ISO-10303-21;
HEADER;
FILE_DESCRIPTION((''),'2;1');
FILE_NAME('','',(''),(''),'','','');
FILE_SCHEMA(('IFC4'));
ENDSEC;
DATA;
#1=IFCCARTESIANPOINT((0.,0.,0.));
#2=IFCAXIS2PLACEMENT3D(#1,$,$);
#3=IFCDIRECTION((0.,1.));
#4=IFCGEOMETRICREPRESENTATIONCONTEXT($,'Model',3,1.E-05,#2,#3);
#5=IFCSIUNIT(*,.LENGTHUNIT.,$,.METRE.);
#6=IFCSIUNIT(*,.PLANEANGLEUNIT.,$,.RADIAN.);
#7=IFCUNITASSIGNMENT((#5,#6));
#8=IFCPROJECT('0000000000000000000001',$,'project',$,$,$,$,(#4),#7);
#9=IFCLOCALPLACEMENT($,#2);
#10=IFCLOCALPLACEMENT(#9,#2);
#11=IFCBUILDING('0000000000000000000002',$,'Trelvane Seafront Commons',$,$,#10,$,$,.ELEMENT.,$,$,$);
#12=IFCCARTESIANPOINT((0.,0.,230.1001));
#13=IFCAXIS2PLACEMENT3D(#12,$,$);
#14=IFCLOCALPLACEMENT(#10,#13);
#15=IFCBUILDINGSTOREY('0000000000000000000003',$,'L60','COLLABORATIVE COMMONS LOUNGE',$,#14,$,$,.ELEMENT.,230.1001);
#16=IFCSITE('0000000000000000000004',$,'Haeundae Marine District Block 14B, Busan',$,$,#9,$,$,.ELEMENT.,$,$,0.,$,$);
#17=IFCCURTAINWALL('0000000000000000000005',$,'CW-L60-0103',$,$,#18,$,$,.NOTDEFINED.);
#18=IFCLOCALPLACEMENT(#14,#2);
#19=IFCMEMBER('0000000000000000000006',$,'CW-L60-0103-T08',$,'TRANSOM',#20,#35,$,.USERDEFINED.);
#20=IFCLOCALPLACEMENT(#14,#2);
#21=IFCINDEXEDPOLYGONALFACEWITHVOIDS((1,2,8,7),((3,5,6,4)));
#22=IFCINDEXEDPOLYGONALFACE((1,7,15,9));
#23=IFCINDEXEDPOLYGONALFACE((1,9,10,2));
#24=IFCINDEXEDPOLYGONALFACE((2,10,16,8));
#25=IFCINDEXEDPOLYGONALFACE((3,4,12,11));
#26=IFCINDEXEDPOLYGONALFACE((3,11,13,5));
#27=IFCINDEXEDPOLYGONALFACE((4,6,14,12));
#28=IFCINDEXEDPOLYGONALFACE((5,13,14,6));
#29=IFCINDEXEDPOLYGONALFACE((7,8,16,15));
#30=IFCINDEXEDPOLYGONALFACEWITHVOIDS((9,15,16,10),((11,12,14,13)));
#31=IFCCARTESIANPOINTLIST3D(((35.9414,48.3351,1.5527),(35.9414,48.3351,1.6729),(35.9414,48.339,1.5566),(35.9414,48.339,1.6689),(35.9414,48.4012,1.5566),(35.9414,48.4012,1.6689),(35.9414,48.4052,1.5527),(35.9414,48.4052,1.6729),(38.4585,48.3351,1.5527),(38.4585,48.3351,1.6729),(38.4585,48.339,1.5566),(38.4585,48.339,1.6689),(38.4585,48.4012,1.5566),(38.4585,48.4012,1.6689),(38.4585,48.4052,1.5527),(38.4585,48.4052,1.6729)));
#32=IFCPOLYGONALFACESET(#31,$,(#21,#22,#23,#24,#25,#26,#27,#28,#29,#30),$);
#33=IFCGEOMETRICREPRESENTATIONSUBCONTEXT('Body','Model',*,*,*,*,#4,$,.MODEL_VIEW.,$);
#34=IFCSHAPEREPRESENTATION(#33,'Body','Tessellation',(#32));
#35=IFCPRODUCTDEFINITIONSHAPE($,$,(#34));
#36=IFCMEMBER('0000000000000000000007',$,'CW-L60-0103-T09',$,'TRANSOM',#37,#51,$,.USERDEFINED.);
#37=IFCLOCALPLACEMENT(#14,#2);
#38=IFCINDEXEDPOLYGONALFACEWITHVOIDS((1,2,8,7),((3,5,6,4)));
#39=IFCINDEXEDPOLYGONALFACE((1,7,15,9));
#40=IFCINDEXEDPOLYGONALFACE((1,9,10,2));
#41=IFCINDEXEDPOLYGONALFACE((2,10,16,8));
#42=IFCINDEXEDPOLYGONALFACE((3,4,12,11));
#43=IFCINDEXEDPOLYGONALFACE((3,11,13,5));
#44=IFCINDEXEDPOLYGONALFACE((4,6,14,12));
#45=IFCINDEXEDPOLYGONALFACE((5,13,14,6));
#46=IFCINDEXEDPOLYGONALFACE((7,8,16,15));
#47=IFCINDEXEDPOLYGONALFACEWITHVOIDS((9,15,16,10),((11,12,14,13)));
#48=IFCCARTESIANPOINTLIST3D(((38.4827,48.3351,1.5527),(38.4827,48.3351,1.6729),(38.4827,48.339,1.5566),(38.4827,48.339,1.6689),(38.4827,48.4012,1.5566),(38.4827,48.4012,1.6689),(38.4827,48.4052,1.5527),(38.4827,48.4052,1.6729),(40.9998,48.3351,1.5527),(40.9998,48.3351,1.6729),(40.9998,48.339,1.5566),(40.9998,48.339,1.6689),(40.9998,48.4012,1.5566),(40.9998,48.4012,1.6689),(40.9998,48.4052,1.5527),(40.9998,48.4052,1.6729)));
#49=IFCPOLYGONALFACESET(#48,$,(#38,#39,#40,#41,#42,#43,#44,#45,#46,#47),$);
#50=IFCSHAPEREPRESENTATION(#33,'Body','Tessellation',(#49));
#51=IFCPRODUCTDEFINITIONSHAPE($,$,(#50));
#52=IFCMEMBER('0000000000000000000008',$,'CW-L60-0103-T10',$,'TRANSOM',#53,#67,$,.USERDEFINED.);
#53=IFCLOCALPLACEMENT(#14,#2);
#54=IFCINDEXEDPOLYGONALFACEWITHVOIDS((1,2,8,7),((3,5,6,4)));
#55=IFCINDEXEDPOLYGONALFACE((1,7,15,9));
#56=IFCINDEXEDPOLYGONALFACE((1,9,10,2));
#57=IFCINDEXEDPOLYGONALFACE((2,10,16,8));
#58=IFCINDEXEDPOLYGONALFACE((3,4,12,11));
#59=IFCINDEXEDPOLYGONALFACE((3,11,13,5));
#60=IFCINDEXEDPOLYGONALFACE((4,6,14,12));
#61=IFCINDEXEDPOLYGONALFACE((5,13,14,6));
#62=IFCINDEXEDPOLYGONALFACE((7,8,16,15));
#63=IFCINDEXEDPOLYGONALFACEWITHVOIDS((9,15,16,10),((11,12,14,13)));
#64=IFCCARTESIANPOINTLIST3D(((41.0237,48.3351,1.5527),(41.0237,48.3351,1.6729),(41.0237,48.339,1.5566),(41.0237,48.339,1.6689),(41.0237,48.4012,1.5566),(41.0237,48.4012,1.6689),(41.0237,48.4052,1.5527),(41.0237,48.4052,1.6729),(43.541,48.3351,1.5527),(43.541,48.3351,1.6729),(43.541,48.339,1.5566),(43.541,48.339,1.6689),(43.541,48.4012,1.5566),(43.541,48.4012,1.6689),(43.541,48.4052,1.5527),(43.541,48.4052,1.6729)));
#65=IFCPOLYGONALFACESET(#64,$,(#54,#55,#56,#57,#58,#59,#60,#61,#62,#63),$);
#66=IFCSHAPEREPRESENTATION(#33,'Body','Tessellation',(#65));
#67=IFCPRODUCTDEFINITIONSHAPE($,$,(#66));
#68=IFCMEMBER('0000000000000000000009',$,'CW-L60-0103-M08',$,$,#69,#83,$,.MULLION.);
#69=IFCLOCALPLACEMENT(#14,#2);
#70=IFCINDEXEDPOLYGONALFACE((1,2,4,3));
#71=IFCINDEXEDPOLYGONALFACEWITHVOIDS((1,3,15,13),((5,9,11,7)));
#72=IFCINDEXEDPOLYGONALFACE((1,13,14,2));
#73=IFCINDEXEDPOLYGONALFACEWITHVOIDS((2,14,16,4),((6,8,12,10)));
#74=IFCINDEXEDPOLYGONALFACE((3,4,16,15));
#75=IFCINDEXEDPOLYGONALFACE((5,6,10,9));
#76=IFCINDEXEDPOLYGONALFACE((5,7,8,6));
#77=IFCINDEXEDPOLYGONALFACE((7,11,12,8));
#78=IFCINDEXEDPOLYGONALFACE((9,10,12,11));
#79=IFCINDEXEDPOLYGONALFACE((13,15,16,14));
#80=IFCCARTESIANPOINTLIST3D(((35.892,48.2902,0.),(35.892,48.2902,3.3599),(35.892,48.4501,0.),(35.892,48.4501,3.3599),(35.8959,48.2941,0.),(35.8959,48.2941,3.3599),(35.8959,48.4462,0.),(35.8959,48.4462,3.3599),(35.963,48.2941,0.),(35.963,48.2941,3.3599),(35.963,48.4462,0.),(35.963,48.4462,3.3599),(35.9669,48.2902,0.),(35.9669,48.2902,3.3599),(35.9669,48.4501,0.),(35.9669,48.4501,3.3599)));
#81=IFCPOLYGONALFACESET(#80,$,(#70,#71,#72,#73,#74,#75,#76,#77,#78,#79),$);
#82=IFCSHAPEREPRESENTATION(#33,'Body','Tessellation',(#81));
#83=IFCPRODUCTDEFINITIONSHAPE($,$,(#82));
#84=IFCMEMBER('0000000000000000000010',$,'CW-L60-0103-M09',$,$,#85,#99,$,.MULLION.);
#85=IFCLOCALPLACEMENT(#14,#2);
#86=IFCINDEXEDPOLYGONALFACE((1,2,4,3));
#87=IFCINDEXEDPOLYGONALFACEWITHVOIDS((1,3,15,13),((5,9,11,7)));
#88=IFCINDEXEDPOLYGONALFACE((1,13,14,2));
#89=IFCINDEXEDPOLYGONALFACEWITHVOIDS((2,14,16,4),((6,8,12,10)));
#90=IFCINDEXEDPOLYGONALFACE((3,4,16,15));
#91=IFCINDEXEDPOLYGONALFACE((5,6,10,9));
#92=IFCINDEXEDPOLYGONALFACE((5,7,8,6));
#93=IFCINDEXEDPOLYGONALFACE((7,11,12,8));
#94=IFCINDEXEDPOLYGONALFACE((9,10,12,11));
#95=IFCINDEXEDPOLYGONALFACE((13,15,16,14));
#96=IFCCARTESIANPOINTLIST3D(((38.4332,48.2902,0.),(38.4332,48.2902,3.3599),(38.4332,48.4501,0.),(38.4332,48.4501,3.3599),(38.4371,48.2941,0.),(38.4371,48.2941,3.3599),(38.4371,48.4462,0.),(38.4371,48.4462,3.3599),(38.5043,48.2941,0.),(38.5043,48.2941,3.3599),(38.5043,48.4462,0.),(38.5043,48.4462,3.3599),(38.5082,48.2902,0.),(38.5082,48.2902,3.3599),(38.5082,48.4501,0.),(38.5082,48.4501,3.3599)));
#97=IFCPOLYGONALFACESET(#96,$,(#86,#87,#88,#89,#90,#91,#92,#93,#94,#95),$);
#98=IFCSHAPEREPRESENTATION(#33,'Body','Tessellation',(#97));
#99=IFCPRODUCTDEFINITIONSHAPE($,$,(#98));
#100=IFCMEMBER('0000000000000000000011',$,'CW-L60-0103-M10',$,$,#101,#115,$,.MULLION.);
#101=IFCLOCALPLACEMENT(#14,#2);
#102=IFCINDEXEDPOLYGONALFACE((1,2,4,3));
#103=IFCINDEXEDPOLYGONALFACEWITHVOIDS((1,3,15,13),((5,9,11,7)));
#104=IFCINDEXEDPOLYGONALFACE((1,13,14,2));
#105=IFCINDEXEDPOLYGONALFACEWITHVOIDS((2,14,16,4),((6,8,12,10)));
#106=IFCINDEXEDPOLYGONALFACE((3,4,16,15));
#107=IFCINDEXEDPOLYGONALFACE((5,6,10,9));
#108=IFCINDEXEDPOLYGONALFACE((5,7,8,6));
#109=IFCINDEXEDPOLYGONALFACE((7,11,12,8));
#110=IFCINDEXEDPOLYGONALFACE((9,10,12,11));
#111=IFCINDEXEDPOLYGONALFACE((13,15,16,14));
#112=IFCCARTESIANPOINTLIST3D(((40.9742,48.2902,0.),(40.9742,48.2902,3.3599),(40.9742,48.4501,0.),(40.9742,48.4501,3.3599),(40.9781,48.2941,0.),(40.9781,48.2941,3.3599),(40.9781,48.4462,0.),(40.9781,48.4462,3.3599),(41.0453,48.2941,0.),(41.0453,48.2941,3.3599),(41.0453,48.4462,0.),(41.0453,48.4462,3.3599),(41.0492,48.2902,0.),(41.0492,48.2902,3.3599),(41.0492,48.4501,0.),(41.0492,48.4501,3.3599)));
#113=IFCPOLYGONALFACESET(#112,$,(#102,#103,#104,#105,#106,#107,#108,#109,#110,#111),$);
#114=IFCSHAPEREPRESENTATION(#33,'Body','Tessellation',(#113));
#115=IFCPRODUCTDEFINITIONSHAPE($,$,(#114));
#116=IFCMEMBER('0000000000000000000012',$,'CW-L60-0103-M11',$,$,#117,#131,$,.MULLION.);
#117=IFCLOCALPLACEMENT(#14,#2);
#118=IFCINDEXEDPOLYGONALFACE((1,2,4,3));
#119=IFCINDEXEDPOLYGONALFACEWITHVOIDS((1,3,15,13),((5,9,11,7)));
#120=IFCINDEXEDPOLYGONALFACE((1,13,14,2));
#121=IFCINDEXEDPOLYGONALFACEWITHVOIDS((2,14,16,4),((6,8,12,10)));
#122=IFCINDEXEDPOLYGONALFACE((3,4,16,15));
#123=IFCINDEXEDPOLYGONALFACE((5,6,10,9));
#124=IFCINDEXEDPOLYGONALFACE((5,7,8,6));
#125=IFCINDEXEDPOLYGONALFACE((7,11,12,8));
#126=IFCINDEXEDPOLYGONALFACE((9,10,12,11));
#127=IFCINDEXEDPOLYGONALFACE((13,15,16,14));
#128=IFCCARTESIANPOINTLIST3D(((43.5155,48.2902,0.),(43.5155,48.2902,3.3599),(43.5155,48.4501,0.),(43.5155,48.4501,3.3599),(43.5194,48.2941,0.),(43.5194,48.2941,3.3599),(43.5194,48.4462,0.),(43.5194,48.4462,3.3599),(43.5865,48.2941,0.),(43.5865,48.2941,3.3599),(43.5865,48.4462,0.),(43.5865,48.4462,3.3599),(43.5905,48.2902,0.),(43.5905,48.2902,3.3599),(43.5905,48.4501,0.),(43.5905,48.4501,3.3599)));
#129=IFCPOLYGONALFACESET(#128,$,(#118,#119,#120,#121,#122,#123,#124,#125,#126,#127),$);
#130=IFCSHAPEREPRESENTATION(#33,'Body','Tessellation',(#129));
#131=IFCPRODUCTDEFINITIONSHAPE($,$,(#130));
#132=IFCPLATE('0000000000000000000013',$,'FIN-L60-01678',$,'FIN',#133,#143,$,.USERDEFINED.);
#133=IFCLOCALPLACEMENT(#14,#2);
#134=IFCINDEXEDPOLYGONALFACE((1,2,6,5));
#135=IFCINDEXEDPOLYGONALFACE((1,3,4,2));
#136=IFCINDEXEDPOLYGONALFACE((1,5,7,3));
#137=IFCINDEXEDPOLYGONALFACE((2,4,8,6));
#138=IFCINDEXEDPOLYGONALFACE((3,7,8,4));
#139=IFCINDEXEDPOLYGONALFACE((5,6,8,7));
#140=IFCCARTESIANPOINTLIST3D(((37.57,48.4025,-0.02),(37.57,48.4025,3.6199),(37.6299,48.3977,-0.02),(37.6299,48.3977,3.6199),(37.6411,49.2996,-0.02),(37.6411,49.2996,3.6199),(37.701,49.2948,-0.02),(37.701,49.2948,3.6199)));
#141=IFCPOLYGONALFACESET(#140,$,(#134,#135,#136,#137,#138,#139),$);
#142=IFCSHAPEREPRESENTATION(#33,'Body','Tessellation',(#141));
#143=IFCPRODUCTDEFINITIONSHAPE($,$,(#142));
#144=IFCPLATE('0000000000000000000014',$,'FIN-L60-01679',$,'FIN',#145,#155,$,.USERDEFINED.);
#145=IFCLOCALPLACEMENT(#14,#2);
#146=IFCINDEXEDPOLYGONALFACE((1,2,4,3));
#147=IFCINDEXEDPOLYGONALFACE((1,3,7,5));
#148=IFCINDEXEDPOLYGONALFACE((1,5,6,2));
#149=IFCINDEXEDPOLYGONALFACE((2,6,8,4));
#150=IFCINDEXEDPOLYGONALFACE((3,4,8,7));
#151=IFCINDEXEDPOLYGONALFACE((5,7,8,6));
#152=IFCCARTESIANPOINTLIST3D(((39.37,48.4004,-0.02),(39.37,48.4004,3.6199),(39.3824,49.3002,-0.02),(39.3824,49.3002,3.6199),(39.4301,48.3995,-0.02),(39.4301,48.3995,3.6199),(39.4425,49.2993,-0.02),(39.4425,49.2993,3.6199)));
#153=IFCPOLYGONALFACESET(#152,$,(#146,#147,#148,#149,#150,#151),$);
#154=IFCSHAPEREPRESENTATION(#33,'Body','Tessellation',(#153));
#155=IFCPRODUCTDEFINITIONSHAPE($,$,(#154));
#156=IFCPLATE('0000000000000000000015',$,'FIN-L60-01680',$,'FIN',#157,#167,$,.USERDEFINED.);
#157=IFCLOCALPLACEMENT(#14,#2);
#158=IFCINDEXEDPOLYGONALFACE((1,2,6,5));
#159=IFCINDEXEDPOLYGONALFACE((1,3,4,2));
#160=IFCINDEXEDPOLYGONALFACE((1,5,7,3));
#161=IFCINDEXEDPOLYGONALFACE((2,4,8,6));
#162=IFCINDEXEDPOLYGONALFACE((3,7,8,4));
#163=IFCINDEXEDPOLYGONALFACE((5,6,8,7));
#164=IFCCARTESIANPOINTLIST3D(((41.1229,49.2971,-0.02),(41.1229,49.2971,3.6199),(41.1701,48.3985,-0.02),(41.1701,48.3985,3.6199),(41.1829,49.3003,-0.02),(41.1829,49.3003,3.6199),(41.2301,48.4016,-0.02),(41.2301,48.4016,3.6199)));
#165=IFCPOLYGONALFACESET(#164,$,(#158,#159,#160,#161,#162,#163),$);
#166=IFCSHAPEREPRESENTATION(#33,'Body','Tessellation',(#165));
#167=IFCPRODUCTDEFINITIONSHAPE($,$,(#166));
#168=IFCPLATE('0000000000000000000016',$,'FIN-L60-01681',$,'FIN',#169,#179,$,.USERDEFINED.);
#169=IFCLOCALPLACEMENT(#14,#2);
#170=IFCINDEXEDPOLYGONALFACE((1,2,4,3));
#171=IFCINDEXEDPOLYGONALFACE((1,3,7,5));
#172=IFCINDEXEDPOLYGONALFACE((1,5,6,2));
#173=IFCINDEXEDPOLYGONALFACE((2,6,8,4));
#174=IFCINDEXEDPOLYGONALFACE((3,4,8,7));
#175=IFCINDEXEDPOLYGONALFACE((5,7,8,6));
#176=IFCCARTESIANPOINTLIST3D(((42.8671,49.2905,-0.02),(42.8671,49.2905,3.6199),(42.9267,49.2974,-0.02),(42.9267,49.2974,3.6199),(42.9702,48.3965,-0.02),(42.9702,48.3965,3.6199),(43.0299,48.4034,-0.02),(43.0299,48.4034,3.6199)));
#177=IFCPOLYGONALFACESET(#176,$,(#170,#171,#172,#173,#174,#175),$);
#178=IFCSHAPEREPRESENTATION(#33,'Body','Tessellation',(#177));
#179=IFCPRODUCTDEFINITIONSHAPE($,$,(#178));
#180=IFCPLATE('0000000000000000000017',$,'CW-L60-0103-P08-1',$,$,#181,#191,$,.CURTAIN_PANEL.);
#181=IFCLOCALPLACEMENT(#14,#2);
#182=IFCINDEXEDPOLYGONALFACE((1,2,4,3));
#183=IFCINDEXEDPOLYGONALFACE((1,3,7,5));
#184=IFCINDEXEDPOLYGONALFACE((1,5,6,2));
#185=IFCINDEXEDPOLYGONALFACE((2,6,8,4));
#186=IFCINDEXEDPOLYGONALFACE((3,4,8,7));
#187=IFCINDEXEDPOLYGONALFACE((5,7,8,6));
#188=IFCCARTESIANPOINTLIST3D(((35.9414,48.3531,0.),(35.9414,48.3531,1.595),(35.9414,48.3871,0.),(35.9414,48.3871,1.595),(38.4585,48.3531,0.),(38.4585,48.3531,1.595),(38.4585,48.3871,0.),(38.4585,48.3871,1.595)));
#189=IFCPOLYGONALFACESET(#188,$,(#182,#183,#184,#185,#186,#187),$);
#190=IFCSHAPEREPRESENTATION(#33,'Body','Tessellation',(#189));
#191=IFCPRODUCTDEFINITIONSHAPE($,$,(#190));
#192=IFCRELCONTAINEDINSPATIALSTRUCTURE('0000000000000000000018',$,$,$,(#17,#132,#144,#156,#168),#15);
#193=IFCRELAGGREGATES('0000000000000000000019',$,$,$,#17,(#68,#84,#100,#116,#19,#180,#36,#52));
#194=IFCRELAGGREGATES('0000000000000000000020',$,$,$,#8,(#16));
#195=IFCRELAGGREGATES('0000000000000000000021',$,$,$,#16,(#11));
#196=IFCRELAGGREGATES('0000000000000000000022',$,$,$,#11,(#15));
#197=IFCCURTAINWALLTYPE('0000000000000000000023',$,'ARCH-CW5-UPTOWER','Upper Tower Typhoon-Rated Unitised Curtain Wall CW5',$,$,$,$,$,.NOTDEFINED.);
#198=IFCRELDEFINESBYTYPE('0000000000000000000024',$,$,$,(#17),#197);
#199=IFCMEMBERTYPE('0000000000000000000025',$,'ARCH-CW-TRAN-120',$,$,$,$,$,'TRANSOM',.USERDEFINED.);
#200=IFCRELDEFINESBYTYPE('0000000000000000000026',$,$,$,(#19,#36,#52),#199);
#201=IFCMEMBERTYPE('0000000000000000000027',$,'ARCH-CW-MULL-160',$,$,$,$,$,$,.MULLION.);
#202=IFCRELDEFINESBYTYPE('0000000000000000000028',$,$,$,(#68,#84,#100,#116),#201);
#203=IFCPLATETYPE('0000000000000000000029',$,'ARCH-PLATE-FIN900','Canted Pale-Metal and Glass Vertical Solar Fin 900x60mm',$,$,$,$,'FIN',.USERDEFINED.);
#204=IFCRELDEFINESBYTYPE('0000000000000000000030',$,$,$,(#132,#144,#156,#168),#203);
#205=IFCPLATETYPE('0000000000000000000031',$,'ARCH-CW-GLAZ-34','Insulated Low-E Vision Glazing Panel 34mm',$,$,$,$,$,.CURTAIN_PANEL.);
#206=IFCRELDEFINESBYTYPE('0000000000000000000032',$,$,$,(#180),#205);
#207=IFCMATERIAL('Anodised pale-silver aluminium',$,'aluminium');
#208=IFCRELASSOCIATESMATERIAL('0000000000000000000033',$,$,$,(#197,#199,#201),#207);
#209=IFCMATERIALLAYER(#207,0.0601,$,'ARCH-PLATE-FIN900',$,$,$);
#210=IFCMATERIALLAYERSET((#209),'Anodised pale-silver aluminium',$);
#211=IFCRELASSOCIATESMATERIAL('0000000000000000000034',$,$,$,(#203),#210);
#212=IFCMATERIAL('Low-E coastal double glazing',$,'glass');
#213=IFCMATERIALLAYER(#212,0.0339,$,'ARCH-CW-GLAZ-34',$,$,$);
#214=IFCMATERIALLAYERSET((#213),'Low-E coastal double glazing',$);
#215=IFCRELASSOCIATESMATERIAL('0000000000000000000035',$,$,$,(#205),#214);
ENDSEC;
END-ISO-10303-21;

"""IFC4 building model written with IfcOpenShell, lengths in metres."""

from ifc_helpers import new_model, si_unit, direction, frame, origin, origin_2d, place, context, subcontext, project, spatial, rectangle, hollow_rectangle, extrude, source, transform, mapped, material, layer, layer_set, material_profile, profile_set, type_object, element, aggregate, save


model = new_model("IFC4")

# Units and contexts
model_context = context("Model", 3, precision=1e-05, world=origin(), true_north=direction((0.0, 1.0)))
body_context = subcontext(model_context, "Body", "Model", "MODEL_VIEW")
ifc_project = project(units=[si_unit("LENGTHUNIT", "METRE"), si_unit("PLANEANGLEUNIT", "RADIAN")], contexts=[model_context])

# Site, building, storey
site_placement = place(None, origin())
site = spatial("IfcSite", under=ifc_project, at=site_placement, Name="Haeundae Marine District Block 14B, Busan", CompositionType="ELEMENT", RefElevation=0.0)
building_placement = place(site_placement, origin())
building = spatial("IfcBuilding", under=site, at=building_placement, Name="Trelvane Seafront Commons", CompositionType="ELEMENT")
storey_placement = place(building_placement, frame((0.0, 0.0, 230.1001)))
storey = spatial("IfcBuildingStorey", under=building, at=storey_placement, Name="L60", Description="COLLABORATIVE COMMONS LOUNGE", CompositionType="ELEMENT", Elevation=230.1001)

# Curtain wall, members
ifc_material_1 = material(Name="Anodised pale-silver aluminium", Category="aluminium")
curtain_wall_type = type_object("IfcCurtainWallType", Name="ARCH-CW5-UPTOWER", Description="Upper Tower Typhoon-Rated Unitised Curtain Wall CW5", PredefinedType="NOTDEFINED", material=ifc_material_1)
curtain_wall_placement = place(storey_placement, origin())
curtain_wall = element("IfcCurtainWall", 1, at=curtain_wall_placement, inside=storey, type_object=curtain_wall_type, Name="CW-L60-0103", PredefinedType="NOTDEFINED")
ifc_material_profile_1 = material_profile(ifc_material_1, hollow_rectangle(XDim=0.0701, YDim=0.1201, WallThickness=0.0039, at=origin_2d()), Name="TRAN-70x120x4")
ifc_profile_set_1 = profile_set([ifc_material_profile_1], Name="Anodised pale-silver aluminium")
member_type_1 = type_object("IfcMemberType", Name="ARCH-CW-TRAN-120", ElementType="TRANSOM", PredefinedType="USERDEFINED", material=ifc_profile_set_1)
shared_shape_1 = source(origin(), body_context, "Body", "SweptSolid", [
    extrude(hollow_rectangle(XDim=0.0701, YDim=0.1201, WallThickness=0.0039, at=origin_2d()), origin(), (0.0, 0.0, 1.0), 2.5171),
])
member_1_placement = place(storey_placement, frame((35.9414, 48.3701, 1.6128), z_axis=(1.0, 0.0, 0.0), x_axis=(0.0, 1.0, 0.0)))
member_1 = element("IfcMember", 2, at=member_1_placement, type_object=member_type_1, Name="CW-L60-0103-T08", ObjectType="TRANSOM", PredefinedType="USERDEFINED", context=body_context, shape_type="MappedRepresentation", body=[
    mapped(shared_shape_1, transform((0.0, 0.0, 0.0), x_axis=(1.0, 0.0, 0.0), y_axis=(0.0, 1.0, 0.0), z_axis=(0.0, 0.0, 1.0), scale=1.0)),
])
member_2_placement = place(storey_placement, frame((38.4827, 48.3701, 1.6128), z_axis=(1.0, 0.0, 0.0), x_axis=(0.0, 1.0, 0.0)))
member_2 = element("IfcMember", 3, at=member_2_placement, type_object=member_type_1, Name="CW-L60-0103-T09", ObjectType="TRANSOM", PredefinedType="USERDEFINED", context=body_context, shape_type="MappedRepresentation", body=[
    mapped(shared_shape_1, transform((0.0, 0.0, 0.0), x_axis=(1.0, 0.0, 0.0), y_axis=(0.0, 1.0, 0.0), z_axis=(0.0, 0.0, 1.0), scale=1.0)),
])
shared_shape_2 = source(origin(), body_context, "Body", "SweptSolid", [
    extrude(hollow_rectangle(XDim=0.0701, YDim=0.1201, WallThickness=0.0039, at=origin_2d()), origin(), (0.0, 0.0, 1.0), 2.5173),
])
member_3_placement = place(storey_placement, frame((41.0237, 48.3701, 1.6128), z_axis=(1.0, 0.0, 0.0), x_axis=(0.0, 1.0, 0.0)))
member_3 = element("IfcMember", 4, at=member_3_placement, type_object=member_type_1, Name="CW-L60-0103-T10", ObjectType="TRANSOM", PredefinedType="USERDEFINED", context=body_context, shape_type="MappedRepresentation", body=[
    mapped(shared_shape_2, transform((0.0, 0.0, 0.0), x_axis=(1.0, 0.0, 0.0), y_axis=(0.0, 1.0, 0.0), z_axis=(0.0, 0.0, 1.0), scale=1.0)),
])
ifc_material_profile_2 = material_profile(ifc_material_1, hollow_rectangle(XDim=0.075, YDim=0.1599, WallThickness=0.0039, at=origin_2d()), Name="MULL-75x160x4")
ifc_profile_set_2 = profile_set([ifc_material_profile_2], Name="Anodised pale-silver aluminium")
member_type_2 = type_object("IfcMemberType", Name="ARCH-CW-MULL-160", PredefinedType="MULLION", material=ifc_profile_set_2)
shared_shape_3 = source(origin(), body_context, "Body", "SweptSolid", [
    extrude(hollow_rectangle(XDim=0.075, YDim=0.1599, WallThickness=0.0039, at=origin_2d()), origin(), (0.0, 0.0, 1.0), 3.3599),
])
member_4_placement = place(storey_placement, frame((35.9294, 48.3701, 0.0), z_axis=(0.0, 0.0, 1.0), x_axis=(1.0, 0.0, 0.0)))
member_4 = element("IfcMember", 5, at=member_4_placement, type_object=member_type_2, Name="CW-L60-0103-M08", PredefinedType="MULLION", context=body_context, shape_type="MappedRepresentation", body=[
    mapped(shared_shape_3, transform((0.0, 0.0, 0.0), x_axis=(1.0, 0.0, 0.0), y_axis=(0.0, 1.0, 0.0), z_axis=(0.0, 0.0, 1.0), scale=1.0)),
])
member_5_placement = place(storey_placement, frame((38.4707, 48.3701, 0.0), z_axis=(0.0, 0.0, 1.0), x_axis=(1.0, 0.0, 0.0)))
member_5 = element("IfcMember", 6, at=member_5_placement, type_object=member_type_2, Name="CW-L60-0103-M09", PredefinedType="MULLION", context=body_context, shape_type="MappedRepresentation", body=[
    mapped(shared_shape_3, transform((0.0, 0.0, 0.0), x_axis=(1.0, 0.0, 0.0), y_axis=(0.0, 1.0, 0.0), z_axis=(0.0, 0.0, 1.0), scale=1.0)),
])
member_6_placement = place(storey_placement, frame((41.0117, 48.3701, 0.0), z_axis=(0.0, 0.0, 1.0), x_axis=(1.0, 0.0, 0.0)))
member_6 = element("IfcMember", 7, at=member_6_placement, type_object=member_type_2, Name="CW-L60-0103-M10", PredefinedType="MULLION", context=body_context, shape_type="MappedRepresentation", body=[
    mapped(shared_shape_3, transform((0.0, 0.0, 0.0), x_axis=(1.0, 0.0, 0.0), y_axis=(0.0, 1.0, 0.0), z_axis=(0.0, 0.0, 1.0), scale=1.0)),
])
member_7_placement = place(storey_placement, frame((43.553, 48.3701, 0.0), z_axis=(0.0, 0.0, 1.0), x_axis=(1.0, 0.0, 0.0)))
member_7 = element("IfcMember", 8, at=member_7_placement, type_object=member_type_2, Name="CW-L60-0103-M11", PredefinedType="MULLION", context=body_context, shape_type="MappedRepresentation", body=[
    mapped(shared_shape_3, transform((0.0, 0.0, 0.0), x_axis=(1.0, 0.0, 0.0), y_axis=(0.0, 1.0, 0.0), z_axis=(0.0, 0.0, 1.0), scale=1.0)),
])

# Plates
ifc_layer_1 = layer(ifc_material_1, 0.0601, Name="ARCH-PLATE-FIN900")
ifc_layer_set_1 = layer_set([ifc_layer_1], Name="Anodised pale-silver aluminium")
plate_type_1 = type_object("IfcPlateType", Name="ARCH-PLATE-FIN900", Description="Canted Pale-Metal and Glass Vertical Solar Fin 900x60mm", ElementType="FIN", PredefinedType="USERDEFINED", material=ifc_layer_set_1)
shared_shape_4 = source(origin(), body_context, "Body", "SweptSolid", [
    extrude(rectangle(XDim=0.8999, YDim=0.0601, at=origin_2d()), origin(), (0.0, 0.0, 1.0), 3.6399),
])
for number, where, z_axis, x_axis, name in (
    (9, (37.6355, 48.8486, -0.02), (0.0, 0.0, 1.0), (0.078998, 0.996875, 0.0), "FIN-L60-01678"),
    (10, (39.4062, 48.8499, -0.02), (0.0, 0.0, 1.0), (0.013777, 0.999905, 0.0), "FIN-L60-01679"),
    (11, (41.1765, 48.8494, -0.02), (0.0, 0.0, 1.0), (-0.052442, 0.998624, 0.0), "FIN-L60-01680"),
    (12, (42.9485, 48.8469, -0.02), (0.0, 0.0, 1.0), (-0.114661, 0.993405, 0.0), "FIN-L60-01681"),
):
    element("IfcPlate", number, at=place(storey_placement, frame(where, z_axis=z_axis, x_axis=x_axis)), inside=storey, type_object=plate_type_1, Name=name, ObjectType="FIN", PredefinedType="USERDEFINED", context=body_context, shape_type="MappedRepresentation", body=[
        mapped(shared_shape_4, transform((0.0, 0.0, 0.0), x_axis=(1.0, 0.0, 0.0), y_axis=(0.0, 1.0, 0.0), z_axis=(0.0, 0.0, 1.0), scale=1.0)),
    ])

# Plate
ifc_material_2 = material(Name="Low-E coastal double glazing", Category="glass")
ifc_layer_2 = layer(ifc_material_2, 0.0339, Name="ARCH-CW-GLAZ-34")
ifc_layer_set_2 = layer_set([ifc_layer_2], Name="Low-E coastal double glazing")
plate_type_2 = type_object("IfcPlateType", Name="ARCH-CW-GLAZ-34", Description="Insulated Low-E Vision Glazing Panel 34mm", PredefinedType="CURTAIN_PANEL", material=ifc_layer_set_2)
shared_shape_5 = source(origin(), body_context, "Body", "SweptSolid", [
    extrude(rectangle(XDim=2.5171, YDim=0.0339, at=origin_2d()), origin(), (0.0, 0.0, 1.0), 1.595),
])
plate_1_placement = place(storey_placement, frame((37.2, 48.3701, 0.0), z_axis=(0.0, 0.0, 1.0), x_axis=(1.0, 0.0, 0.0)))
plate_1 = element("IfcPlate", 13, at=plate_1_placement, type_object=plate_type_2, Name="CW-L60-0103-P08-1", PredefinedType="CURTAIN_PANEL", context=body_context, shape_type="MappedRepresentation", body=[
    mapped(shared_shape_5, transform((0.0, 0.0, 0.0), x_axis=(1.0, 0.0, 0.0), y_axis=(0.0, 1.0, 0.0), z_axis=(0.0, 0.0, 1.0), scale=1.0)),
])
aggregate(curtain_wall, [member_4, member_5, member_6, member_7, member_1, plate_1, member_2, member_3])

save(model, "model.ifc")
